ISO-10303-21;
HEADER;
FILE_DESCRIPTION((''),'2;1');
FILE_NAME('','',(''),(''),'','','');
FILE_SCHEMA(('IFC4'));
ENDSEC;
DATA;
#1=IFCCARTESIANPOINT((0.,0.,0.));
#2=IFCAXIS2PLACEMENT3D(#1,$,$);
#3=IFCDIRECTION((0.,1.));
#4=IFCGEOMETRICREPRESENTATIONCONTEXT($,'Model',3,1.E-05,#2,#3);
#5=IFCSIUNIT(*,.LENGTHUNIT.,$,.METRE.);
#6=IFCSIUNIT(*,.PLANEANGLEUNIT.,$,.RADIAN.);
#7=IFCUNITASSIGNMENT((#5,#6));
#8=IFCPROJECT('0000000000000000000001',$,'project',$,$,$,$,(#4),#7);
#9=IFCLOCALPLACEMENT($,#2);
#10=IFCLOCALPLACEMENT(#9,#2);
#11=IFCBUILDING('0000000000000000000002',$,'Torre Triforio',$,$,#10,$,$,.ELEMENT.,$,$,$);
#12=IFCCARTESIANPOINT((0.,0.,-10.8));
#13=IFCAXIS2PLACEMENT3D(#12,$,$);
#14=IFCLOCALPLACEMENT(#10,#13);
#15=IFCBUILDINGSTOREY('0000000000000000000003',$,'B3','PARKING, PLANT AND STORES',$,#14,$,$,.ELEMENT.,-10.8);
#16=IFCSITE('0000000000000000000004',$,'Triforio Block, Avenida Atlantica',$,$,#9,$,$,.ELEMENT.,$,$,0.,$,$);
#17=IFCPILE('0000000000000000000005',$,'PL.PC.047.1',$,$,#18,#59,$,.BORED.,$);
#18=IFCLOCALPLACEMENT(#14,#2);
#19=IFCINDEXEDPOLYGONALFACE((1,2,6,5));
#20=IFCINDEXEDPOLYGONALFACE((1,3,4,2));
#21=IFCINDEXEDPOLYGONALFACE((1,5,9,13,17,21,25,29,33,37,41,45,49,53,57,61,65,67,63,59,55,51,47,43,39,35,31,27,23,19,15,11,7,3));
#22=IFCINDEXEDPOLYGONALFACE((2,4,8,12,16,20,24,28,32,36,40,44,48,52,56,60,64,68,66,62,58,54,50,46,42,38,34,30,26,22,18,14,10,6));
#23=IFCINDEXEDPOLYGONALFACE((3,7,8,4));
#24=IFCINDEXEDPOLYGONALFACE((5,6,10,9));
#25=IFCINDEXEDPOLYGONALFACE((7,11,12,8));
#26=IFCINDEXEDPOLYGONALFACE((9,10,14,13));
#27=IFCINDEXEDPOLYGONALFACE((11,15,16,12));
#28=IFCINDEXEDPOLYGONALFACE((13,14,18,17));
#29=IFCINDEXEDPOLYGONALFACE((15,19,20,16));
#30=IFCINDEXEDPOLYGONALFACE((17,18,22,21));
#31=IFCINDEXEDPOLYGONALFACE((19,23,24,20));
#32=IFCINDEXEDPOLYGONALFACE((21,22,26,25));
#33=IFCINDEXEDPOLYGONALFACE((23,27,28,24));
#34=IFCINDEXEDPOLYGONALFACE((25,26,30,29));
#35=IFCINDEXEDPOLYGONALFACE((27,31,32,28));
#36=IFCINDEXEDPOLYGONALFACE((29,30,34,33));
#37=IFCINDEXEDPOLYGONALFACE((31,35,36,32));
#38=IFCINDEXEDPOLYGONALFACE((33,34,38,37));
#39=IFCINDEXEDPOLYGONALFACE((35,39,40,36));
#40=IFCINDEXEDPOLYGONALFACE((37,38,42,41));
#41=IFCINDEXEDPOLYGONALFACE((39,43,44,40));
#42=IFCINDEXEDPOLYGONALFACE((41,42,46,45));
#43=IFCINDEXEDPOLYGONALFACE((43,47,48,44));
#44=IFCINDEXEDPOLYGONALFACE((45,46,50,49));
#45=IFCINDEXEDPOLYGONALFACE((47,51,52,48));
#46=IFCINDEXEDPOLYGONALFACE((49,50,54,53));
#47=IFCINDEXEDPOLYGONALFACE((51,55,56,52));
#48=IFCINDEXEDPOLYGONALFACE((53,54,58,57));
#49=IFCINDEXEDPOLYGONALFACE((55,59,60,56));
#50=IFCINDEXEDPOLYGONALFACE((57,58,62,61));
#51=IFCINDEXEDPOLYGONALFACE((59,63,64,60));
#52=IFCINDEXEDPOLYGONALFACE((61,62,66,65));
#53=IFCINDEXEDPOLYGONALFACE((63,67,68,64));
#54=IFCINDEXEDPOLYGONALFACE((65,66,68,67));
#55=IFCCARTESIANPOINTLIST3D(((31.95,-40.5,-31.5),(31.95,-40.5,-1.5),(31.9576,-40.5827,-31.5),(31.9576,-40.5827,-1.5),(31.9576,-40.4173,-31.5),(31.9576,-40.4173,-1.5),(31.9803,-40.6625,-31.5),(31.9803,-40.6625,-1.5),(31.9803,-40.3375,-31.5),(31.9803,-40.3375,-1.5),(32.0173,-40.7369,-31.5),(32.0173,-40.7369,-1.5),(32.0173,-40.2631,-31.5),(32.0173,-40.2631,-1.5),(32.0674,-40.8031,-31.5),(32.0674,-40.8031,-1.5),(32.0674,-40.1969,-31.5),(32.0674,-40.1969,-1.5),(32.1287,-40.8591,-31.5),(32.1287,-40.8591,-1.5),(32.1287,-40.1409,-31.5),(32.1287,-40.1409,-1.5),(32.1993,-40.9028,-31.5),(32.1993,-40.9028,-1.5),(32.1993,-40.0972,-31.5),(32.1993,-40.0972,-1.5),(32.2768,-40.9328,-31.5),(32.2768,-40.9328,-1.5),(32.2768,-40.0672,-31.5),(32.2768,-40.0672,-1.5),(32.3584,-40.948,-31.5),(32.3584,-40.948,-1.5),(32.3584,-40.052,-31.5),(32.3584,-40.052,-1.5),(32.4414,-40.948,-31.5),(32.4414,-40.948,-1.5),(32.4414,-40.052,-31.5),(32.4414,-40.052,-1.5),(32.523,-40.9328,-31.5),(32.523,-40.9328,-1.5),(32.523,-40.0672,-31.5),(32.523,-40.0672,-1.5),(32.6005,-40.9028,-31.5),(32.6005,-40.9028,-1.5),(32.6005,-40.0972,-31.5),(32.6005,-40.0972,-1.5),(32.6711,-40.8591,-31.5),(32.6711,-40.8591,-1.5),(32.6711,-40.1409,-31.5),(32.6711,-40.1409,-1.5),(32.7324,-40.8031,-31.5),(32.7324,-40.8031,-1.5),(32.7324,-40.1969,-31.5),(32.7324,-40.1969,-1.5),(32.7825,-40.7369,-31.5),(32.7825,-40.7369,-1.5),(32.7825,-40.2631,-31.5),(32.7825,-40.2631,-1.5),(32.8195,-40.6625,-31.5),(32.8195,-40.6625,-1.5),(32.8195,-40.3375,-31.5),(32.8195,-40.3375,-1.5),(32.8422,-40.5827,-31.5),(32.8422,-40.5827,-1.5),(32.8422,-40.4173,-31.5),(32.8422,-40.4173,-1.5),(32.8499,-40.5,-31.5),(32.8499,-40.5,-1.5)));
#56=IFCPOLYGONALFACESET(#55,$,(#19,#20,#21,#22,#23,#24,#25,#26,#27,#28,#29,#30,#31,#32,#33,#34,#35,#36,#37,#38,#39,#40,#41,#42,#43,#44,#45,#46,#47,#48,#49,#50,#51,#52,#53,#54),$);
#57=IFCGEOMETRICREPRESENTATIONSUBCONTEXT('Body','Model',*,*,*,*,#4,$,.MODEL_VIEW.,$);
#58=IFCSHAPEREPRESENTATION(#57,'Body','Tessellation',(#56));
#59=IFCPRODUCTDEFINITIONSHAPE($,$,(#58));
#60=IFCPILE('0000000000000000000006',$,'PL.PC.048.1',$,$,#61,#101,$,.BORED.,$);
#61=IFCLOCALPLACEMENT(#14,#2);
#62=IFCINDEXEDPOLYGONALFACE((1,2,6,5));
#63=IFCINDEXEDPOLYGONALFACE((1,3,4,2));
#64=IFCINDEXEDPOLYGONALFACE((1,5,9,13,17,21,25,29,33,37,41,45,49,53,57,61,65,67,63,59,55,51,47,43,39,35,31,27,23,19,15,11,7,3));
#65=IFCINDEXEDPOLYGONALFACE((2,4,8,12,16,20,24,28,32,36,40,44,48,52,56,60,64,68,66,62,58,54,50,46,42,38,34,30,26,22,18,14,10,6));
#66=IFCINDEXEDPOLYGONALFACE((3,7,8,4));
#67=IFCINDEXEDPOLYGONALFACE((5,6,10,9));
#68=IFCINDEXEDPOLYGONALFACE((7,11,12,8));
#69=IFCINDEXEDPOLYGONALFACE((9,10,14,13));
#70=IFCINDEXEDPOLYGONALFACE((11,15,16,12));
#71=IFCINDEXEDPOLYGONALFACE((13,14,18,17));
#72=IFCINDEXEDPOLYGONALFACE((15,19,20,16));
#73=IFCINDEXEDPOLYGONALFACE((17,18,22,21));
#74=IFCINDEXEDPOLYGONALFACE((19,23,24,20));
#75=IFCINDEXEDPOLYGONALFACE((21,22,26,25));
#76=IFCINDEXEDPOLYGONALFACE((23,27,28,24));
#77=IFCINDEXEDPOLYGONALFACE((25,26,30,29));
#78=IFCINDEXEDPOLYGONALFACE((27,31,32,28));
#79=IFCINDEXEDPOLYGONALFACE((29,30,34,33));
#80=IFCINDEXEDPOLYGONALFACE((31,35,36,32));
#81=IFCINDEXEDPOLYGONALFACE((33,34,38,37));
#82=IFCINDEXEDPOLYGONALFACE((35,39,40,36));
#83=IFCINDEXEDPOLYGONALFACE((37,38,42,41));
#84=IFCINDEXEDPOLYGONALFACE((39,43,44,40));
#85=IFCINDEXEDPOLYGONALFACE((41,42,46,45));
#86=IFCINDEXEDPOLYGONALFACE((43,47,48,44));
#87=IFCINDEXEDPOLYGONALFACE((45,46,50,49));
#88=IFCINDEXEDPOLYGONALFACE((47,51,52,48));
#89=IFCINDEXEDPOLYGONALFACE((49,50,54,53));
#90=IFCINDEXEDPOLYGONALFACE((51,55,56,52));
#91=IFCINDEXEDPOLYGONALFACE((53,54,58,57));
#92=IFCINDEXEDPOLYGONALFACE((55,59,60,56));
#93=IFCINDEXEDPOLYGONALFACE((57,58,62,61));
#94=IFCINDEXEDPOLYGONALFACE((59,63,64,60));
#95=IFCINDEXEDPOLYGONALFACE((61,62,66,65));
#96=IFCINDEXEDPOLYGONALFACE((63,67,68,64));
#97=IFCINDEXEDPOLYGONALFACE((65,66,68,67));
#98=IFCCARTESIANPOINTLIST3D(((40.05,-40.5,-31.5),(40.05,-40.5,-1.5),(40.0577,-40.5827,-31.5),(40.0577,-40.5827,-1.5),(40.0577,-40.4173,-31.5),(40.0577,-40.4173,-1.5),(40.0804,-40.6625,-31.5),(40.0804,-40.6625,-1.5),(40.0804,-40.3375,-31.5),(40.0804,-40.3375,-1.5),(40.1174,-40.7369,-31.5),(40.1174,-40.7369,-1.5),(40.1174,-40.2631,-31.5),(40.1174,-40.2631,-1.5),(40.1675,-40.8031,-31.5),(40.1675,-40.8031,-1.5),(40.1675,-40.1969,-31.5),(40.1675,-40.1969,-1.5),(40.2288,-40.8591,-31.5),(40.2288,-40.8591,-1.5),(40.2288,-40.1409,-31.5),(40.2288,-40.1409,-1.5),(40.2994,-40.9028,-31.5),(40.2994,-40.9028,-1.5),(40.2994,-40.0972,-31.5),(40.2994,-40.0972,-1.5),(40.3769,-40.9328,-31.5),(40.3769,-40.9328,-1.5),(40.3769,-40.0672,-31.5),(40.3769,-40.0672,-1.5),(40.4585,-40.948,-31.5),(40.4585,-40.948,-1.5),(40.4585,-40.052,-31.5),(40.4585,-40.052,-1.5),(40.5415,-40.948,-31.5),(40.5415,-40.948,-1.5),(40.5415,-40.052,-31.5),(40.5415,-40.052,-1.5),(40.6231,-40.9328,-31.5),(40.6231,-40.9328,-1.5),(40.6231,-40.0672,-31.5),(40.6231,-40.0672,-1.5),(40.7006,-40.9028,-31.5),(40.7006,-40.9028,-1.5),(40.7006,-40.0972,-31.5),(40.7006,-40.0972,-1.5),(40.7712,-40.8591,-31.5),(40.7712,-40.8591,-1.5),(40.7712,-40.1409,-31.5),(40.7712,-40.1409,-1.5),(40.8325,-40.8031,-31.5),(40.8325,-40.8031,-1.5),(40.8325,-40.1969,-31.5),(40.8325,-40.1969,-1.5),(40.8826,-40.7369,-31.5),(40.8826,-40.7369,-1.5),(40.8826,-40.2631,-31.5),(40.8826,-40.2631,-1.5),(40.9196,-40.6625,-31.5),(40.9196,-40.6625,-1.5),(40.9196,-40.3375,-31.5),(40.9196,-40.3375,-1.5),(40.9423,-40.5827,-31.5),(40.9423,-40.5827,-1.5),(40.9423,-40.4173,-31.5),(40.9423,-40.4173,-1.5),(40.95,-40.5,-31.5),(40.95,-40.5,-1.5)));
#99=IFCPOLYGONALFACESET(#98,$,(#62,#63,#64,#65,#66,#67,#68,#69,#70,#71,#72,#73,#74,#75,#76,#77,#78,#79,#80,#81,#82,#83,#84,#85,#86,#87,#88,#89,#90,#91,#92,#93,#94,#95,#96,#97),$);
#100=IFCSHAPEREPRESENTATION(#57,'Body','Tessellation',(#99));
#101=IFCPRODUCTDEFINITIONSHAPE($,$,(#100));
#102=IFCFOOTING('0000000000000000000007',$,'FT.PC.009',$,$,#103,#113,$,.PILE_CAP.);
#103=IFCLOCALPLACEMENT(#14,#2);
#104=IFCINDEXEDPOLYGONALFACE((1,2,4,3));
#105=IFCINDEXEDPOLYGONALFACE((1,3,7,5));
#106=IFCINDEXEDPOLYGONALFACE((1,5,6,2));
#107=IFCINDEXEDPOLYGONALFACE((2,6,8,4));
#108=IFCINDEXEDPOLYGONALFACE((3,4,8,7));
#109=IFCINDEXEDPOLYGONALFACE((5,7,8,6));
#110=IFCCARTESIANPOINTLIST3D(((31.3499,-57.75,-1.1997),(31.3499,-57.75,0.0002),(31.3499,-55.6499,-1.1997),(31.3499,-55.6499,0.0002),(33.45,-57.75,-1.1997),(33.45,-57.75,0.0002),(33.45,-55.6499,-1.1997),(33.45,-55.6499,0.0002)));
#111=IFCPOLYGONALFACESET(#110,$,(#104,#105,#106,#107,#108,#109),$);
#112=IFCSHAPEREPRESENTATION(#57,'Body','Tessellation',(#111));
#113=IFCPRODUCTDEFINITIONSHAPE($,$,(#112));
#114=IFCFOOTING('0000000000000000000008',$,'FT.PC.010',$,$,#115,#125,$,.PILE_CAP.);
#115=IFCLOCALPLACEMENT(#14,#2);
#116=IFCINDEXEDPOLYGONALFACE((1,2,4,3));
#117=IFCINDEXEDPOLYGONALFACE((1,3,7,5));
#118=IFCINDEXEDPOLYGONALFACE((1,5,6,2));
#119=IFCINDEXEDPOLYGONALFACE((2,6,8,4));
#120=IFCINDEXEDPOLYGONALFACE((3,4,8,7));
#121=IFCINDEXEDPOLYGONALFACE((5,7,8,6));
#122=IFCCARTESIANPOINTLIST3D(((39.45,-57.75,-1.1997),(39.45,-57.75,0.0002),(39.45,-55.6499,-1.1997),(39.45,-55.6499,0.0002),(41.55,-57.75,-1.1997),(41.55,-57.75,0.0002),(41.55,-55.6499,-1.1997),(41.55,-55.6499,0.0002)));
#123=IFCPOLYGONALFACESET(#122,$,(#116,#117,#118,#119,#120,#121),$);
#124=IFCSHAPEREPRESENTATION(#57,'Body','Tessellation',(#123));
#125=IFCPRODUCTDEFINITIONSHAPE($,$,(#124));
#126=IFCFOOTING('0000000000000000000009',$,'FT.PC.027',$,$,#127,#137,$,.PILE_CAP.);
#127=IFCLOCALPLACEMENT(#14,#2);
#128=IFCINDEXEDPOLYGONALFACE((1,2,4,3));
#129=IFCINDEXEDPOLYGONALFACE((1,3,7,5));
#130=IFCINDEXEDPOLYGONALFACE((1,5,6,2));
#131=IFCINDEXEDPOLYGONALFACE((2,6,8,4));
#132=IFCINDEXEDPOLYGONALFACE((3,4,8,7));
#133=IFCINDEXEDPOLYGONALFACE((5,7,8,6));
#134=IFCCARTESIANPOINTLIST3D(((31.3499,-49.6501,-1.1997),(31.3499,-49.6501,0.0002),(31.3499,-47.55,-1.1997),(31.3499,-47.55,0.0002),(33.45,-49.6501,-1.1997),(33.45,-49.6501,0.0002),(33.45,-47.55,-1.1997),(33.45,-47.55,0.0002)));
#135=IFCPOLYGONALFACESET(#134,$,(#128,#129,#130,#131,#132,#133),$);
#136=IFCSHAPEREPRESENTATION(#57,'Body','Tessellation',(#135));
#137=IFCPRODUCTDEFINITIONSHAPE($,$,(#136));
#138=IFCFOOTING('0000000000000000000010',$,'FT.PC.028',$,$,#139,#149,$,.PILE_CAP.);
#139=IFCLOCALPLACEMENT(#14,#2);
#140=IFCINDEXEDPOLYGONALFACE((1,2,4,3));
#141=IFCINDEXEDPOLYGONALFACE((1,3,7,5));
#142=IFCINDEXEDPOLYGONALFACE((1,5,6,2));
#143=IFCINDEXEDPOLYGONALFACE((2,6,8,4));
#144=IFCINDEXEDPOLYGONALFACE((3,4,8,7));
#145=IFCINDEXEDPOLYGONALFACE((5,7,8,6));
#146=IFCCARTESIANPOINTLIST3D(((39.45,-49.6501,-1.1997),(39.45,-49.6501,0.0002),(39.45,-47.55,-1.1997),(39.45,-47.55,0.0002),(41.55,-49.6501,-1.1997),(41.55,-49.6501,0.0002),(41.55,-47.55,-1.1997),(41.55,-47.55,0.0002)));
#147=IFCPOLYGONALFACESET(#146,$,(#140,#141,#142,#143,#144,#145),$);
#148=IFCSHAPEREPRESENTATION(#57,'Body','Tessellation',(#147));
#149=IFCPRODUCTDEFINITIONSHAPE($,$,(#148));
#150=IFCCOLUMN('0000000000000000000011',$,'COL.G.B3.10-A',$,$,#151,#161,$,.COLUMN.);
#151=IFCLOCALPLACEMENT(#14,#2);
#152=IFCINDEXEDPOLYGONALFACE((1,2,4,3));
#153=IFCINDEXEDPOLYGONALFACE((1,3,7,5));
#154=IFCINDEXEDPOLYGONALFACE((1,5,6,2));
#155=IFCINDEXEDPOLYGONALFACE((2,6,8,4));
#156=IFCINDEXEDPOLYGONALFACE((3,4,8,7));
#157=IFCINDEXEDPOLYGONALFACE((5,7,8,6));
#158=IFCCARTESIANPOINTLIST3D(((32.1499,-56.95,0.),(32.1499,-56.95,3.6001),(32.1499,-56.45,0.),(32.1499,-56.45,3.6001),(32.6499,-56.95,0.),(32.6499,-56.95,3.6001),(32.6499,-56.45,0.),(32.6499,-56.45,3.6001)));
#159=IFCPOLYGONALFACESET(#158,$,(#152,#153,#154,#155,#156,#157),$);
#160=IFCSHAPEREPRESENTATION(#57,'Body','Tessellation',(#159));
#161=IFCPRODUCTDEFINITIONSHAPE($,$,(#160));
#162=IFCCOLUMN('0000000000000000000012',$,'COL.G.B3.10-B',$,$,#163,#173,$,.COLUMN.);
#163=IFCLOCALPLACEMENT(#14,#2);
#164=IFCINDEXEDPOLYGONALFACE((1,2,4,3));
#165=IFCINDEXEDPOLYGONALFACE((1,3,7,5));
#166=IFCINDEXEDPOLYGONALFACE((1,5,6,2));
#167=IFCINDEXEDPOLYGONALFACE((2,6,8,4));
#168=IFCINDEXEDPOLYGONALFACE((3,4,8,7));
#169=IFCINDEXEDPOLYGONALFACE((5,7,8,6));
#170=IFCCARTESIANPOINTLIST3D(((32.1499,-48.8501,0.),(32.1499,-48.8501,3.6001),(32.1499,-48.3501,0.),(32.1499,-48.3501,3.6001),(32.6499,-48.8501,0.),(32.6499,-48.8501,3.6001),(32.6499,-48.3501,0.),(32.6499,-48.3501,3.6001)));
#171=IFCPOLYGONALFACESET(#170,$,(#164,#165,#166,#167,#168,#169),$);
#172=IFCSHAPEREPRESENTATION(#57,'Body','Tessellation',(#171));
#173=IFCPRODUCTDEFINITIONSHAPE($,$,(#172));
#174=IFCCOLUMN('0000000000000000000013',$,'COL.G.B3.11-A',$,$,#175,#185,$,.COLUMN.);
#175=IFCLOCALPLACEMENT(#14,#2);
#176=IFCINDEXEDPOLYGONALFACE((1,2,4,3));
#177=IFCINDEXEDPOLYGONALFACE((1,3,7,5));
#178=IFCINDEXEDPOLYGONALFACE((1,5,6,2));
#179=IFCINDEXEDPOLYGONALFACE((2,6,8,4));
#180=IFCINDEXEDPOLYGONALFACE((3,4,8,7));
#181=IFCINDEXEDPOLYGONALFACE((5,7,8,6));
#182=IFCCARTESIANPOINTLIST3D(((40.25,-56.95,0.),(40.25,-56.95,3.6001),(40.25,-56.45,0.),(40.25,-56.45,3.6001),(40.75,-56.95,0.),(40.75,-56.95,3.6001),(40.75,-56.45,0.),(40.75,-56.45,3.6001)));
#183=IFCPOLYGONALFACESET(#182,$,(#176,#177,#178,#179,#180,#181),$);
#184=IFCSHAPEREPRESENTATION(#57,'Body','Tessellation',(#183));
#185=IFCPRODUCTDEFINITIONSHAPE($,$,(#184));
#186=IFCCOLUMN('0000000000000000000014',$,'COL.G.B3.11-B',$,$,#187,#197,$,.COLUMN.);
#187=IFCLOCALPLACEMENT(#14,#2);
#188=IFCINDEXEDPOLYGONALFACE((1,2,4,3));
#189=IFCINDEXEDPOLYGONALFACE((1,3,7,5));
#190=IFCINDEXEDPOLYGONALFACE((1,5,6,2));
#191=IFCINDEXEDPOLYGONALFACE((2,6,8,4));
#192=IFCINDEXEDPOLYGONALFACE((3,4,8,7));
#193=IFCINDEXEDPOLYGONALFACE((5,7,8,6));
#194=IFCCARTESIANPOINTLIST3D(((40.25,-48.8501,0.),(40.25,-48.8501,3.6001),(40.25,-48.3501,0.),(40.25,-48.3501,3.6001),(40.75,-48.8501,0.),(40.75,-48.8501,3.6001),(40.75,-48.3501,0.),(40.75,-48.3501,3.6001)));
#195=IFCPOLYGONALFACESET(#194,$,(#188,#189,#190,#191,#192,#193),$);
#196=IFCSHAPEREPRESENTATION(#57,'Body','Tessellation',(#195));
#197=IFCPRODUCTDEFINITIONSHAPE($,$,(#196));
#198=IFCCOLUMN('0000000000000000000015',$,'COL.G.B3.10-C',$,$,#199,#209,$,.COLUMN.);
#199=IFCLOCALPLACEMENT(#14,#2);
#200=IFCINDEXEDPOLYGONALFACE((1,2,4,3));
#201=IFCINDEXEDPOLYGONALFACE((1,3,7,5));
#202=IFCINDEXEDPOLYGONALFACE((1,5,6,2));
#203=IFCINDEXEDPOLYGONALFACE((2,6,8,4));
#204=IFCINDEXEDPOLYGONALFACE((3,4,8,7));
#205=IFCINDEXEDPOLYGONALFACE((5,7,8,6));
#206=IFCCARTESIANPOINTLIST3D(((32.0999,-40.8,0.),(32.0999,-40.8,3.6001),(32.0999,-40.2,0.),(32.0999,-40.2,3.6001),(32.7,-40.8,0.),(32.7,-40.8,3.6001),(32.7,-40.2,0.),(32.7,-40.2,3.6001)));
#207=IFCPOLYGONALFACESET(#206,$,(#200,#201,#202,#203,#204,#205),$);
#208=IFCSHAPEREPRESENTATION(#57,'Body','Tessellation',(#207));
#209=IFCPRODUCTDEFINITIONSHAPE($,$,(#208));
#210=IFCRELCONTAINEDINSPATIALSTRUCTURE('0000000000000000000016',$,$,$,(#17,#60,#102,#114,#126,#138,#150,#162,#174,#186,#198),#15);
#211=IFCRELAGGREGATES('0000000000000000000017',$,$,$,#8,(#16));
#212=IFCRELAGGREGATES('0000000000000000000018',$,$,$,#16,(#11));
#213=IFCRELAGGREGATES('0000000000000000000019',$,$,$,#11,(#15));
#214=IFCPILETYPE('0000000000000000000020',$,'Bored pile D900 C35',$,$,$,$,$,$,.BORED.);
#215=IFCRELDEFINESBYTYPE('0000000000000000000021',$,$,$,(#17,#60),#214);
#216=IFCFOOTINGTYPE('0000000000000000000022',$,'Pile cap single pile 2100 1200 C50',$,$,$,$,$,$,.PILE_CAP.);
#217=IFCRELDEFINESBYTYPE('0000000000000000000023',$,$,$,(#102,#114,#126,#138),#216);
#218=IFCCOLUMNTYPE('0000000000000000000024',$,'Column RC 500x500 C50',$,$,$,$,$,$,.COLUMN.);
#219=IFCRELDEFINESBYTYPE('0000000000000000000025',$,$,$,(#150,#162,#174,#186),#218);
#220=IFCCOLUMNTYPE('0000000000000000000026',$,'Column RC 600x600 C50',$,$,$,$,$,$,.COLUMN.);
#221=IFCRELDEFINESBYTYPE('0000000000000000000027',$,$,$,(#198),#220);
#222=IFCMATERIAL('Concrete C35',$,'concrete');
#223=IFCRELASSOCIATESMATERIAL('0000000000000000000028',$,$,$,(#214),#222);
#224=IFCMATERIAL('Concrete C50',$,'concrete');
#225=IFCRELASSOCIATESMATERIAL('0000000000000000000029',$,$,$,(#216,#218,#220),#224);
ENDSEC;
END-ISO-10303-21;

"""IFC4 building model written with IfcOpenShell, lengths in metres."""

from ifc_helpers import new_model, si_unit, direction, frame, origin, origin_2d, place, context, subcontext, project, spatial, rectangle, circle, extrude, material, material_profile, profile_set, type_object, element, save


model = new_model("IFC4")

# Units and contexts
model_context = context("Model", 3, precision=1e-05, world=origin(), true_north=direction((0.0, 1.0)))
body_context = subcontext(model_context, "Body", "Model", "MODEL_VIEW")
ifc_project = project(units=[si_unit("LENGTHUNIT", "METRE"), si_unit("PLANEANGLEUNIT", "RADIAN")], contexts=[model_context])

# Site, building, storey
site_placement = place(None, origin())
site = spatial("IfcSite", under=ifc_project, at=site_placement, Name="Triforio Block, Avenida Atlantica", CompositionType="ELEMENT", RefElevation=0.0)
building_placement = place(site_placement, origin())
building = spatial("IfcBuilding", under=site, at=building_placement, Name="Torre Triforio", CompositionType="ELEMENT")
storey_placement = place(building_placement, frame((0.0, 0.0, -10.8)))
storey = spatial("IfcBuildingStorey", under=building, at=storey_placement, Name="B3", Description="PARKING, PLANT AND STORES", CompositionType="ELEMENT", Elevation=-10.8)

# Piles
ifc_material_1 = material(Name="Concrete C35", Category="concrete")
ifc_material_profile_1 = material_profile(ifc_material_1, circle(Radius=0.45, at=origin_2d()), Name="RC D900")
ifc_profile_set_1 = profile_set([ifc_material_profile_1], Name="Concrete C35")
pile_type = type_object("IfcPileType", Name="Bored pile D900 C35", PredefinedType="BORED", material=ifc_profile_set_1)
for number, where, z_axis, x_axis, name in (
    (1, (32.3999, -40.5, -1.5), (0.0, 0.0, -1.0), (1.0, 0.0, 0.0), "PL.PC.047.1"),
    (2, (40.5, -40.5, -1.5), (0.0, 0.0, -1.0), (1.0, 0.0, 0.0), "PL.PC.048.1"),
):
    element("IfcPile", number, at=place(storey_placement, frame(where, z_axis=z_axis, x_axis=x_axis)), inside=storey, type_object=pile_type, Name=name, PredefinedType="BORED", context=body_context, shape_type="SweptSolid", body=[
        extrude(circle(Radius=0.45, at=origin_2d()), origin(), (0.0, 0.0, 1.0), 30.0),
    ])

# Footings
ifc_material_2 = material(Name="Concrete C50", Category="concrete")
footing_type = type_object("IfcFootingType", Name="Pile cap single pile 2100 1200 C50", PredefinedType="PILE_CAP", material=ifc_material_2)
for number, where, z_axis, x_axis, name in (
    (3, (32.3999, -56.7, -1.1997), (0.0, 0.0, 1.0), (1.0, 0.0, 0.0), "FT.PC.009"),
    (4, (40.5, -56.7, -1.1997), (0.0, 0.0, 1.0), (1.0, 0.0, 0.0), "FT.PC.010"),
    (5, (32.3999, -48.6001, -1.1997), (0.0, 0.0, 1.0), (1.0, 0.0, 0.0), "FT.PC.027"),
    (6, (40.5, -48.6001, -1.1997), (0.0, 0.0, 1.0), (1.0, 0.0, 0.0), "FT.PC.028"),
):
    element("IfcFooting", number, at=place(storey_placement, frame(where, z_axis=z_axis, x_axis=x_axis)), inside=storey, type_object=footing_type, Name=name, PredefinedType="PILE_CAP", context=body_context, shape_type="SweptSolid", body=[
        extrude(rectangle(XDim=2.1001, YDim=2.1001, at=origin_2d()), origin(), (0.0, 0.0, 1.0), 1.2),
    ])

# Columns
ifc_material_profile_2 = material_profile(ifc_material_2, rectangle(XDim=0.5, YDim=0.5, at=origin_2d()), Name="RC 500x500")
ifc_profile_set_2 = profile_set([ifc_material_profile_2], Name="Concrete C50")
column_type_1 = type_object("IfcColumnType", Name="Column RC 500x500 C50", PredefinedType="COLUMN", material=ifc_profile_set_2)
for number, where, z_axis, x_axis, name in (
    (7, (32.3999, -56.7, 0.0), (0.0, 0.0, 1.0), (1.0, 0.0, 0.0), "COL.G.B3.10-A"),
    (8, (32.3999, -48.6001, 0.0), (0.0, 0.0, 1.0), (1.0, 0.0, 0.0), "COL.G.B3.10-B"),
    (9, (40.5, -56.7, 0.0), (0.0, 0.0, 1.0), (1.0, 0.0, 0.0), "COL.G.B3.11-A"),
    (10, (40.5, -48.6001, 0.0), (0.0, 0.0, 1.0), (1.0, 0.0, 0.0), "COL.G.B3.11-B"),
):
    element("IfcColumn", number, at=place(storey_placement, frame(where, z_axis=z_axis, x_axis=x_axis)), inside=storey, type_object=column_type_1, Name=name, PredefinedType="COLUMN", context=body_context, shape_type="SweptSolid", body=[
        extrude(rectangle(XDim=0.5, YDim=0.5, at=origin_2d()), origin(), (0.0, 0.0, 1.0), 3.6001),
    ])
ifc_material_profile_3 = material_profile(ifc_material_2, rectangle(XDim=0.6001, YDim=0.6001, at=origin_2d()), Name="RC 600x600")
ifc_profile_set_3 = profile_set([ifc_material_profile_3], Name="Concrete C50")
column_type_2 = type_object("IfcColumnType", Name="Column RC 600x600 C50", PredefinedType="COLUMN", material=ifc_profile_set_3)
for number, where, z_axis, x_axis, name in (
    (11, (32.3999, -40.5, 0.0), (0.0, 0.0, 1.0), (1.0, 0.0, 0.0), "COL.G.B3.10-C"),
):
    element("IfcColumn", number, at=place(storey_placement, frame(where, z_axis=z_axis, x_axis=x_axis)), inside=storey, type_object=column_type_2, Name=name, PredefinedType="COLUMN", context=body_context, shape_type="SweptSolid", body=[
        extrude(rectangle(XDim=0.6001, YDim=0.6001, at=origin_2d()), origin(), (0.0, 0.0, 1.0), 3.6001),
    ])

save(model, "model.ifc")
